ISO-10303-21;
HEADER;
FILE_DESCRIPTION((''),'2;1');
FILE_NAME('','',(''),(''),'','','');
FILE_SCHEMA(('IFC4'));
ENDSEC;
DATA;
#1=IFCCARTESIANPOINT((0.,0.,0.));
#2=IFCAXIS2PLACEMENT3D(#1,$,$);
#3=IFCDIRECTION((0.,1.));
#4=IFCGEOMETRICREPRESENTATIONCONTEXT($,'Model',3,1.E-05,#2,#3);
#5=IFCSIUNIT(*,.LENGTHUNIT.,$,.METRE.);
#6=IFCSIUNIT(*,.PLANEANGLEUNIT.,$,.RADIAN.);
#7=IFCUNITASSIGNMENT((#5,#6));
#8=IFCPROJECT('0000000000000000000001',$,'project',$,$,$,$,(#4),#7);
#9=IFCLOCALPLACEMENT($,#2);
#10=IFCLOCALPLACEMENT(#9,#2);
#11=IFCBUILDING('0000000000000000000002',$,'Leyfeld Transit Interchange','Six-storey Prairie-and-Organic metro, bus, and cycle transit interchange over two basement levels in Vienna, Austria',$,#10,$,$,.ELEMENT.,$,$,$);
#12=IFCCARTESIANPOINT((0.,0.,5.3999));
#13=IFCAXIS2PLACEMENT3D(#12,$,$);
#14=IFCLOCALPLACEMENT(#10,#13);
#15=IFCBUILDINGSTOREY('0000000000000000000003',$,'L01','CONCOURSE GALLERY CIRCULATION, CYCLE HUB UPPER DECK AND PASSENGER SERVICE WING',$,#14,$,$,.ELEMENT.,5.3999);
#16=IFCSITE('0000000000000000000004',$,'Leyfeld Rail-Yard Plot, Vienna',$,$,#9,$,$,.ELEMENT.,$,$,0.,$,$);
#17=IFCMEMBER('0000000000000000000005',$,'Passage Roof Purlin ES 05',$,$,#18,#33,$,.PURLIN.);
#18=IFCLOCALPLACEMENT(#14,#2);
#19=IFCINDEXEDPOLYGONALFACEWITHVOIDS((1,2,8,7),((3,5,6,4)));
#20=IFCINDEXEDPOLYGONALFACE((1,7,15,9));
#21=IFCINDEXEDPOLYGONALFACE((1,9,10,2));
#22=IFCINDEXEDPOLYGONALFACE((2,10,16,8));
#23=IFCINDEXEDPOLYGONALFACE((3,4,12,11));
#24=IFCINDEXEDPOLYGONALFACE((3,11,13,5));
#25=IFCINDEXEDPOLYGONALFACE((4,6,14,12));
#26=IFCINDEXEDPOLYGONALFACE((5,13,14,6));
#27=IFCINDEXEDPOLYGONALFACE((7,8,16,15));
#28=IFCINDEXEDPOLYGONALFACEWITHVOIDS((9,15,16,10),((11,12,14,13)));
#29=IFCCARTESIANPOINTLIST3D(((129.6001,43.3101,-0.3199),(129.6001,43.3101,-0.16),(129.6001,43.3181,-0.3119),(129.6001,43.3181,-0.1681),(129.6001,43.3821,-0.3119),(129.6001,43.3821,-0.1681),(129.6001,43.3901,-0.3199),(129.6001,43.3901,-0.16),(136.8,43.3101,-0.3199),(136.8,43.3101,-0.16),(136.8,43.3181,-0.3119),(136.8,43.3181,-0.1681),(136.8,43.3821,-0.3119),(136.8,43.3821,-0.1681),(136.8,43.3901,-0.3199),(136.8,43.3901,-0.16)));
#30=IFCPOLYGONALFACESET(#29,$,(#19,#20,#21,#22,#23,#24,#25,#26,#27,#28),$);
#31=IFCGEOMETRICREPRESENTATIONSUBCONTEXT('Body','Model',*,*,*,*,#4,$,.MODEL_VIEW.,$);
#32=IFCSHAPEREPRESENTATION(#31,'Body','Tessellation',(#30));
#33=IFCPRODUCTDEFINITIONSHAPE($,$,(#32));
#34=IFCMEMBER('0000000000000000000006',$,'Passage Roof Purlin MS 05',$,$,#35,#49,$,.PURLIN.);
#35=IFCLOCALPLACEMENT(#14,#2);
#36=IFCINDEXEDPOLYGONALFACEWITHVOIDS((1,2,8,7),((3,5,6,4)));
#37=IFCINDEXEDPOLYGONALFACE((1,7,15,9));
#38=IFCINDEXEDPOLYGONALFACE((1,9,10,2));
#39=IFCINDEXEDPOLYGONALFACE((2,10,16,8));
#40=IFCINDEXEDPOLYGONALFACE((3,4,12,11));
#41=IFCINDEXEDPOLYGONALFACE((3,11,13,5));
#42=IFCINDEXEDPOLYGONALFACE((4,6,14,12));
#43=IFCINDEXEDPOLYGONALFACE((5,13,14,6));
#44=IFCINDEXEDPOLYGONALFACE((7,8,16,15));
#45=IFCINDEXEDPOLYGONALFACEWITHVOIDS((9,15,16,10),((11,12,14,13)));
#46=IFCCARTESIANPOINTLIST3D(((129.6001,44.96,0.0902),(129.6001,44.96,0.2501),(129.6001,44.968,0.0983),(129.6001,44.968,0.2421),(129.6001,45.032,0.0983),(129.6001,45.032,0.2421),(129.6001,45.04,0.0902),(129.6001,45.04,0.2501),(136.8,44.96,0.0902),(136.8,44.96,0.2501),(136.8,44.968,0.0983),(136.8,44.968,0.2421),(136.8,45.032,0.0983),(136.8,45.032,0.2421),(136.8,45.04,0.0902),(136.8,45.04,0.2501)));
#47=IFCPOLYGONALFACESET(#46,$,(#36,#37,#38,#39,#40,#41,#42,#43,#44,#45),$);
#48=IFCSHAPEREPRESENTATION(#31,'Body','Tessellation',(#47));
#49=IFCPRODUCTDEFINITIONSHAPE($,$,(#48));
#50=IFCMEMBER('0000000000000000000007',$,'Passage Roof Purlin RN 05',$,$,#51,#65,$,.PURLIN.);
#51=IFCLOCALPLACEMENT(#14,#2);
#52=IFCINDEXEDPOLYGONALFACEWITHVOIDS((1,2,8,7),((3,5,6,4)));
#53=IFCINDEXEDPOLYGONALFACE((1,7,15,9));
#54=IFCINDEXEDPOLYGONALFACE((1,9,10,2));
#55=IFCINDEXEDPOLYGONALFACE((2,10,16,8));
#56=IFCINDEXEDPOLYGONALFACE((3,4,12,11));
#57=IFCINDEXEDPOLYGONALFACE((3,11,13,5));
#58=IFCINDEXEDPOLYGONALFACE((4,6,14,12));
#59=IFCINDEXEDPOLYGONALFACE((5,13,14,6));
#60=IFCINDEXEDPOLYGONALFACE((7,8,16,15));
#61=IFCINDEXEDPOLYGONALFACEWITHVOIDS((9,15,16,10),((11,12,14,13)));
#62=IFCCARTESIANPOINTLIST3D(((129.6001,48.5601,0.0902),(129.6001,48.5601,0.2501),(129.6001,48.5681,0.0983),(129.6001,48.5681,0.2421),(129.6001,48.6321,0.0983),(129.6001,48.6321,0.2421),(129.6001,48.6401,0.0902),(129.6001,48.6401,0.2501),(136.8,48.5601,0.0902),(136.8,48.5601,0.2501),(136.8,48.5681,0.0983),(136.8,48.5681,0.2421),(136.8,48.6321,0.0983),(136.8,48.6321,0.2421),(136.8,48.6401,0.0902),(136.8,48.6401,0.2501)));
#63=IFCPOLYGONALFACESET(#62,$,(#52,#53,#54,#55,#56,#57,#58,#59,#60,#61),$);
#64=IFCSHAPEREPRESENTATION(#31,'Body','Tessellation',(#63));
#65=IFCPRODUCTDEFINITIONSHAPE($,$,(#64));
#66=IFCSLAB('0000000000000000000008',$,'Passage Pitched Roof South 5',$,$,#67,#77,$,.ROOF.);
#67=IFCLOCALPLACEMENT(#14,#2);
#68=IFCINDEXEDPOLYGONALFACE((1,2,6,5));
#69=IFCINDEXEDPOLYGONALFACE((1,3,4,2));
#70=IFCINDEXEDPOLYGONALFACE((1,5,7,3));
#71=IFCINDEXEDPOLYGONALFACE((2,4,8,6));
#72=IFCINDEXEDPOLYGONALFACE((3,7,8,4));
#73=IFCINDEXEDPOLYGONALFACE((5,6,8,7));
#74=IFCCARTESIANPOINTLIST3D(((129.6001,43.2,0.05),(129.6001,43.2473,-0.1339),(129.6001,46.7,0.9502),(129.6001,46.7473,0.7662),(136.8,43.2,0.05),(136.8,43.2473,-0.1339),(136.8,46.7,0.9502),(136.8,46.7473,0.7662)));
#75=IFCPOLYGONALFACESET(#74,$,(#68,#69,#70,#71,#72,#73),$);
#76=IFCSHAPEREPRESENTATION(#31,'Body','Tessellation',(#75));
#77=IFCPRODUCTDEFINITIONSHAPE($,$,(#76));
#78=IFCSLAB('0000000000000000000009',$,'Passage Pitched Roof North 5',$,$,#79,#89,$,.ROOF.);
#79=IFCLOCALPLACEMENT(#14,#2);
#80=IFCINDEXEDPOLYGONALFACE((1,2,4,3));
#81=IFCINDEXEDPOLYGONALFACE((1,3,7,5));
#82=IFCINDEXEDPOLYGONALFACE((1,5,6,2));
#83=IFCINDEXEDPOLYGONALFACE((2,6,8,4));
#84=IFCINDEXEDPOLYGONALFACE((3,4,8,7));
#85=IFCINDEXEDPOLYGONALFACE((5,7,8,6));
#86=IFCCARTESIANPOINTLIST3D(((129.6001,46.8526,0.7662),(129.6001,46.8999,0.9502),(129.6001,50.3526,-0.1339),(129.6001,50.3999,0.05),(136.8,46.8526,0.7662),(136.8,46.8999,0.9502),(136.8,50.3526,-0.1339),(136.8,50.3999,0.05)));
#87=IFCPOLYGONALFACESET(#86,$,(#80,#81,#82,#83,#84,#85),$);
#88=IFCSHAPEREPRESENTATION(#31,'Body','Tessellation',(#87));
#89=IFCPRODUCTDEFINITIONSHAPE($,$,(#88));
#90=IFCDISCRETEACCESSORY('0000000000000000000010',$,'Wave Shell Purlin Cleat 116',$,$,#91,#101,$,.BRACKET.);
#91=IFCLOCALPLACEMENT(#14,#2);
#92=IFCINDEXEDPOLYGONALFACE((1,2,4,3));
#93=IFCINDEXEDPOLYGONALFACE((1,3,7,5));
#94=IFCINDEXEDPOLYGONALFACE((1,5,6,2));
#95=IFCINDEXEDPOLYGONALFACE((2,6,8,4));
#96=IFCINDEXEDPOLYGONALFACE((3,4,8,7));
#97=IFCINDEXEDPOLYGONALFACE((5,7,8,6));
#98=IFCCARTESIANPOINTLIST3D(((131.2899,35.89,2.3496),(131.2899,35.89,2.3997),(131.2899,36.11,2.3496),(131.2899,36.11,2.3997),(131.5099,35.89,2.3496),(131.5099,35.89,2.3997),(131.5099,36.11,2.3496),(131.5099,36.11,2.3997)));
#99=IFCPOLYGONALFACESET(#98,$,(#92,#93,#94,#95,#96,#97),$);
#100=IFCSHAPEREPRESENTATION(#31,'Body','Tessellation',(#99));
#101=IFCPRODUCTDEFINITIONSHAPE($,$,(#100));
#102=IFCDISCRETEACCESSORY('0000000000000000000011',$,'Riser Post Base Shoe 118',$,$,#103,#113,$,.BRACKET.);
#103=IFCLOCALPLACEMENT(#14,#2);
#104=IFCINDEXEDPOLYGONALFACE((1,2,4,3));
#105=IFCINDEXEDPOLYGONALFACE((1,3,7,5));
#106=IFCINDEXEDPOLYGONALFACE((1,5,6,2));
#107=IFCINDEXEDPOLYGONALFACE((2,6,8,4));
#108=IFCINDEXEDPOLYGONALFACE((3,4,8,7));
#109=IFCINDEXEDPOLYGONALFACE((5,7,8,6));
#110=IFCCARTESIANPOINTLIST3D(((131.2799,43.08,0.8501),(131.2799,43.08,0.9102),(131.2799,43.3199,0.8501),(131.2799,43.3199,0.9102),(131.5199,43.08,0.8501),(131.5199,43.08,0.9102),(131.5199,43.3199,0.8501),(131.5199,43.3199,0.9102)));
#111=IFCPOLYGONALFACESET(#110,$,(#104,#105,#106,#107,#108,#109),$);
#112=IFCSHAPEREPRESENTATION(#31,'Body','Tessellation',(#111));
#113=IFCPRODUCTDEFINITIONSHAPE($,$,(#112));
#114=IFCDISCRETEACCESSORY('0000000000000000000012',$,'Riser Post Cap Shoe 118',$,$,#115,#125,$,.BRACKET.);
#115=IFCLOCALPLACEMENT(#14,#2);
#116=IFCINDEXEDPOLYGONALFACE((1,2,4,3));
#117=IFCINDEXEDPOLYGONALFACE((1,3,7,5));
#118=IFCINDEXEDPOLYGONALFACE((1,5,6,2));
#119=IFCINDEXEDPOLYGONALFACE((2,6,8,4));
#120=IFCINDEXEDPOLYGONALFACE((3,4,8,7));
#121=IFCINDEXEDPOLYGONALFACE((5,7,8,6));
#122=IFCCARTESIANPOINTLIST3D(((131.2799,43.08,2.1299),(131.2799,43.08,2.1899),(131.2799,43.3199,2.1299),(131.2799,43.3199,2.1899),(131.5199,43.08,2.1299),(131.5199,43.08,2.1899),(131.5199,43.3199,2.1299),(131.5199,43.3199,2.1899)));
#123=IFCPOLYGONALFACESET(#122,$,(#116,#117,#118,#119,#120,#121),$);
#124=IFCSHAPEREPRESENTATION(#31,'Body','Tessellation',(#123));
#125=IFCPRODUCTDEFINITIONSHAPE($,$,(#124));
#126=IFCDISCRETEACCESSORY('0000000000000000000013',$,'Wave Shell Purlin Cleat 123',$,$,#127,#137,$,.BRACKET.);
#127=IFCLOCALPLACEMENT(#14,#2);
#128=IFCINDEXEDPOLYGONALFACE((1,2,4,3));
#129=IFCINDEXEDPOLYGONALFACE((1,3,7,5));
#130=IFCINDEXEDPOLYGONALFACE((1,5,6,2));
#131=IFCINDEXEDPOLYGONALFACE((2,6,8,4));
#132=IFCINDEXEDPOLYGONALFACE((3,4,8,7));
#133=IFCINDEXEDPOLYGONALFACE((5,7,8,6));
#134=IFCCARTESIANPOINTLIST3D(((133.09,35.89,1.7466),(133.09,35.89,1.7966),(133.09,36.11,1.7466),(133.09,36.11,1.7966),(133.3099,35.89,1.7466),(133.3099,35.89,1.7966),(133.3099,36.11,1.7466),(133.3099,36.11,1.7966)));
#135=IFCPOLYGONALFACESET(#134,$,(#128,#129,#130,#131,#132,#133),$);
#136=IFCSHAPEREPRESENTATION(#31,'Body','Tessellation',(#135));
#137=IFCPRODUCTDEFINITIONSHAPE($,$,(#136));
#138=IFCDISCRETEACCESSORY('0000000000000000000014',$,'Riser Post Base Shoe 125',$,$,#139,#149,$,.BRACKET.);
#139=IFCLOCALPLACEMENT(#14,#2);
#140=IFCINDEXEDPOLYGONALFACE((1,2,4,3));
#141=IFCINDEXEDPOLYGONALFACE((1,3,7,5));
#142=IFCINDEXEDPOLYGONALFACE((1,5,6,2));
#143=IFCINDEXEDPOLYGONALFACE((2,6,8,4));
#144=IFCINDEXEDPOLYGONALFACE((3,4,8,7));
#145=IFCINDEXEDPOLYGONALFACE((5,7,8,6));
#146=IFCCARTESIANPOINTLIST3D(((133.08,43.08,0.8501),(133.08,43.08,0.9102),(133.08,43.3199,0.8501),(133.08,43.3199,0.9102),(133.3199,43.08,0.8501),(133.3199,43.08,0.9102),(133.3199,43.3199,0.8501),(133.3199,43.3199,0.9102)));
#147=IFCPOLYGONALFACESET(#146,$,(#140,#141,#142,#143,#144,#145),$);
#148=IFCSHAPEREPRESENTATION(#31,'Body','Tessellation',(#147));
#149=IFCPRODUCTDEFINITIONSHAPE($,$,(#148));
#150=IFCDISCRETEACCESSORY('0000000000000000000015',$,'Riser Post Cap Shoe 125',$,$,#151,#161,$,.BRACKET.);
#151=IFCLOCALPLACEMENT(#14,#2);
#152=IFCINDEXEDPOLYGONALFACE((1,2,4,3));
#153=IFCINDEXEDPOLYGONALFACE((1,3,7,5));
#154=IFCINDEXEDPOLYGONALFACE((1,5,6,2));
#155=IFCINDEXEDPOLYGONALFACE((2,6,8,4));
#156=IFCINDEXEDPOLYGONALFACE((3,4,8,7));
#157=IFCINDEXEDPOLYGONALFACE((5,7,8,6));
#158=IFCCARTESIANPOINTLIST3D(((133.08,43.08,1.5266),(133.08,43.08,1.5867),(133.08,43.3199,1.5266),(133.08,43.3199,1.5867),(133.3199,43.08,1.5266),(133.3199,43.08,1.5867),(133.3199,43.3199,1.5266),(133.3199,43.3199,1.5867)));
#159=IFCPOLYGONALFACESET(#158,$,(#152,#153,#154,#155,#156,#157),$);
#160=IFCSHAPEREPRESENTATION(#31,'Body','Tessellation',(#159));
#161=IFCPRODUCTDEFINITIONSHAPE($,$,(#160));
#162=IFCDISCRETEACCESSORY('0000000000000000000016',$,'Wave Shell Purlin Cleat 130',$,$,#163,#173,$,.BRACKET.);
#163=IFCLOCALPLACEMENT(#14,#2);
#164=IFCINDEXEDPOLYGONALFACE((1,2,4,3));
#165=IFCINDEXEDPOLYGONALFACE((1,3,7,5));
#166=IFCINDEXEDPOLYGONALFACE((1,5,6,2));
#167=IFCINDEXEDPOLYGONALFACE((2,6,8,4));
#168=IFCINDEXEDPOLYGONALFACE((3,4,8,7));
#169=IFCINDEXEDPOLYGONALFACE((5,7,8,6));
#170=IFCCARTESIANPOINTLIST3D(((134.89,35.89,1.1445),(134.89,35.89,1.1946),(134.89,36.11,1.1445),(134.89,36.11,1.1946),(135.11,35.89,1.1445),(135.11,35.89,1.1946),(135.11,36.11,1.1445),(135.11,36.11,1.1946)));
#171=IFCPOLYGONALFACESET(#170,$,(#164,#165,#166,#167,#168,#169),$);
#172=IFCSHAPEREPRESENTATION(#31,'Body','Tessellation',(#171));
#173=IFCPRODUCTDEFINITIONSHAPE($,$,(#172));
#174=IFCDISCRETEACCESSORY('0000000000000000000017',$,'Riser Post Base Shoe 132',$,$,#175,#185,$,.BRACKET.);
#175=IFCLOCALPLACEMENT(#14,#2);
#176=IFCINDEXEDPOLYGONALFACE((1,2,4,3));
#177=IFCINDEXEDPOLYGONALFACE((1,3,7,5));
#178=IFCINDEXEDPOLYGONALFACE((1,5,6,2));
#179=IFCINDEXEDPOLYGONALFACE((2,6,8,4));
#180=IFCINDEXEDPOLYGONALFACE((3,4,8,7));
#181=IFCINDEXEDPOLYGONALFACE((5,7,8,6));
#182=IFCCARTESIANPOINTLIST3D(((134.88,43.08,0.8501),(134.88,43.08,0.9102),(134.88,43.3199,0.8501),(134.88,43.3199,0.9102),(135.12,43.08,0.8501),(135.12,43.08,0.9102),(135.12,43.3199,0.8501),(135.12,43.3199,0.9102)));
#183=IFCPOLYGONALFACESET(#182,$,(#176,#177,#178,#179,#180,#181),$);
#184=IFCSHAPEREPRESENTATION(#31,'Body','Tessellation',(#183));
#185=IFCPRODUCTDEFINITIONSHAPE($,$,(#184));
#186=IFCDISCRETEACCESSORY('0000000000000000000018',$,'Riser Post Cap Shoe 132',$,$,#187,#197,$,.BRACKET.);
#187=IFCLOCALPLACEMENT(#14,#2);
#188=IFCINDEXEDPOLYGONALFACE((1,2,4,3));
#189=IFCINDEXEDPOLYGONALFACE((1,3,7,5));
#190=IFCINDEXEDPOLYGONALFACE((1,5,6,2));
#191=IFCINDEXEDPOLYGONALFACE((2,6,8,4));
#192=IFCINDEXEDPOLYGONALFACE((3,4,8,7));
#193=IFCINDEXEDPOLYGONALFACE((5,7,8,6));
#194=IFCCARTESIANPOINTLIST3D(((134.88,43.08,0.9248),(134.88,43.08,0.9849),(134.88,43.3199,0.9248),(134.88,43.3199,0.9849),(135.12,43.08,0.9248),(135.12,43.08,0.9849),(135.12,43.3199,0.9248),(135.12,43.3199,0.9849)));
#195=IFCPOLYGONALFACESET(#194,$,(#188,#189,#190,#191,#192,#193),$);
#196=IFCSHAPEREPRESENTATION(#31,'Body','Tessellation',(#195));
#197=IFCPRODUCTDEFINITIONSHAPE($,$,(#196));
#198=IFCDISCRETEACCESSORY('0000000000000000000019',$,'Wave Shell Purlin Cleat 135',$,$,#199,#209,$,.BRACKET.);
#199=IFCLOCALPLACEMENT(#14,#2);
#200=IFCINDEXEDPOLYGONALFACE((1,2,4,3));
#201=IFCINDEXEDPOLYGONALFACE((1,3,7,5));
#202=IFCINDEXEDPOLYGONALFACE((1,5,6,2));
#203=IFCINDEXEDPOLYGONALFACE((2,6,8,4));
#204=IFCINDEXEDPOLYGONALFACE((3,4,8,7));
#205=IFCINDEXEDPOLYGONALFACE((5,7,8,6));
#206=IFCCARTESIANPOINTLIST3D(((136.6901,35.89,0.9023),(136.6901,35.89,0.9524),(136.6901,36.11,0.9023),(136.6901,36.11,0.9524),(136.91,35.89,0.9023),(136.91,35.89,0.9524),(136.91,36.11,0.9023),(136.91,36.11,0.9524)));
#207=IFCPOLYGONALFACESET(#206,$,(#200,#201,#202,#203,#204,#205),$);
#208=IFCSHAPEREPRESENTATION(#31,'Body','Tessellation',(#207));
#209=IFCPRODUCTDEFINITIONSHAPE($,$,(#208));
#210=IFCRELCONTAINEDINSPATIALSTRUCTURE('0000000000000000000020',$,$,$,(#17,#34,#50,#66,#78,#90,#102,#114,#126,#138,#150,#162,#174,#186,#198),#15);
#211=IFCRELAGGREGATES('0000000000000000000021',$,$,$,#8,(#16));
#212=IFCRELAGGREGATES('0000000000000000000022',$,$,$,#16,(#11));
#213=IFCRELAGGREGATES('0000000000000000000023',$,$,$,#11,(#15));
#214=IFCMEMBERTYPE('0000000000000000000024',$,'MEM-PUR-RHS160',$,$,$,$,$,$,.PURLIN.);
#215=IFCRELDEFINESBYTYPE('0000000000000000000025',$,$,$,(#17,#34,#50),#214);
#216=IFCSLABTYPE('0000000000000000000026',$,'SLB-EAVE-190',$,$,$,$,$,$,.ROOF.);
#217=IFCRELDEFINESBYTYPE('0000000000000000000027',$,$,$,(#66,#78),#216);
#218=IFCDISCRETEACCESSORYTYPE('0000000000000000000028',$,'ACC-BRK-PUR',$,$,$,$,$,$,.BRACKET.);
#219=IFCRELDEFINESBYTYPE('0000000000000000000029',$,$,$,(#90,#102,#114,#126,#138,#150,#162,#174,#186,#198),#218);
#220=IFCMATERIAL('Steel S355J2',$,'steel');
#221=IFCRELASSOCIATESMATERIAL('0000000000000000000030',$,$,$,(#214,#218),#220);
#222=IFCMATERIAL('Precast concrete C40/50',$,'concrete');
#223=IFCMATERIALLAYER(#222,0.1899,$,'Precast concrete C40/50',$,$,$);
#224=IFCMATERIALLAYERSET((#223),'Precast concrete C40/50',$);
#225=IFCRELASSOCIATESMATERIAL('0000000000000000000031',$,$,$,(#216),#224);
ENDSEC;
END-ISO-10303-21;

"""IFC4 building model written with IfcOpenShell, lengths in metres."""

from ifc_helpers import new_model, si_unit, direction, frame, origin, origin_2d, place, context, subcontext, project, spatial, polyline, rectangle, hollow_rectangle, outline, extrude, material, layer, layer_set, material_profile, profile_set, type_object, element, save


model = new_model("IFC4")

# Units and contexts
model_context = context("Model", 3, precision=1e-05, world=origin(), true_north=direction((0.0, 1.0)))
body_context = subcontext(model_context, "Body", "Model", "MODEL_VIEW")
ifc_project = project(units=[si_unit("LENGTHUNIT", "METRE"), si_unit("PLANEANGLEUNIT", "RADIAN")], contexts=[model_context])

# Site, building, storey
site_placement = place(None, origin())
site = spatial("IfcSite", under=ifc_project, at=site_placement, Name="Leyfeld Rail-Yard Plot, Vienna", CompositionType="ELEMENT", RefElevation=0.0)
building_placement = place(site_placement, origin())
building = spatial("IfcBuilding", under=site, at=building_placement, Name="Leyfeld Transit Interchange", Description="Six-storey Prairie-and-Organic metro, bus, and cycle transit interchange over two basement levels in Vienna, Austria", CompositionType="ELEMENT")
storey_placement = place(building_placement, frame((0.0, 0.0, 5.3999)))
storey = spatial("IfcBuildingStorey", under=building, at=storey_placement, Name="L01", Description="CONCOURSE GALLERY CIRCULATION, CYCLE HUB UPPER DECK AND PASSENGER SERVICE WING", CompositionType="ELEMENT", Elevation=5.3999)

# Shared definitions
ifc_material_1 = material(Name="Steel S355J2", Category="steel")

# Members
ifc_material_profile_1 = material_profile(ifc_material_1, hollow_rectangle(XDim=0.0801, YDim=0.1599, WallThickness=0.0081, at=origin_2d()), Name="RHS 160x80x8")
ifc_profile_set_1 = profile_set([ifc_material_profile_1], Name="Steel S355J2")
member_type_1 = type_object("IfcMemberType", Name="MEM-PUR-RHS160", PredefinedType="PURLIN", material=ifc_profile_set_1)
for number, where, z_axis, x_axis, name in (
    (1, (129.6001, 43.3501, -0.24), (1.0, 0.0, 0.0), (0.0, 1.0, 0.0), "Passage Roof Purlin ES 05"),
    (2, (129.6001, 45.0, 0.1702), (1.0, 0.0, 0.0), (0.0, 1.0, 0.0), "Passage Roof Purlin MS 05"),
    (3, (129.6001, 48.6001, 0.1702), (1.0, 0.0, 0.0), (0.0, 1.0, 0.0), "Passage Roof Purlin RN 05"),
):
    element("IfcMember", number, at=place(storey_placement, frame(where, z_axis=z_axis, x_axis=x_axis)), inside=storey, type_object=member_type_1, Name=name, PredefinedType="PURLIN", context=body_context, shape_type="SweptSolid", body=[
        extrude(hollow_rectangle(XDim=0.0801, YDim=0.1599, WallThickness=0.0081, at=origin_2d()), origin(), (0.0, 0.0, 1.0), 7.2),
    ])

# Slabs
ifc_material_2 = material(Name="Precast concrete C40/50", Category="concrete")
ifc_layer = layer(ifc_material_2, 0.1899, Name="Precast concrete C40/50")
ifc_layer_set = layer_set([ifc_layer], Name="Precast concrete C40/50")
slab_type = type_object("IfcSlabType", Name="SLB-EAVE-190", PredefinedType="ROOF", material=ifc_layer_set)
for number, where, z_axis, x_axis, name in (
    (4, (129.6001, 43.2, 0.05), (0.0, -0.249079, 0.968483), (1.0, 0.0, 0.0), "Passage Pitched Roof South 5"),
    (5, (129.6001, 46.8999, 0.9502), (0.0, 0.249079, 0.968483), (1.0, 0.0, 0.0), "Passage Pitched Roof North 5"),
):
    element("IfcSlab", number, at=place(storey_placement, frame(where, z_axis=z_axis, x_axis=x_axis)), inside=storey, type_object=slab_type, Name=name, PredefinedType="ROOF", context=body_context, shape_type="SweptSolid", body=[
        extrude(outline(polyline([(0.0, 0.0), (7.2, 0.0), (7.2, 3.6139), (0.0, 3.6139), (0.0, 0.0)])), origin(), (0.0, 0.0, -1.0), 0.1899),
    ])

# Discrete accessories
discrete_accessory_type = type_object("IfcDiscreteAccessoryType", Name="ACC-BRK-PUR", PredefinedType="BRACKET", material=ifc_material_1)
discrete_accessory_1_placement = place(storey_placement, frame((131.3999, 36.0, 2.3496), z_axis=(0.0, 0.0, 1.0), x_axis=(1.0, 0.0, 0.0)))
element("IfcDiscreteAccessory", 6, at=discrete_accessory_1_placement, inside=storey, type_object=discrete_accessory_type, Name="Wave Shell Purlin Cleat 116", PredefinedType="BRACKET", context=body_context, shape_type="SweptSolid", body=[
    extrude(rectangle(XDim=0.22, YDim=0.22, at=origin_2d()), origin(), (0.0, 0.0, 1.0), 0.05),
])
for number, where, z_axis, x_axis, name in (
    (7, (131.3999, 43.2, 0.8501), (0.0, 0.0, 1.0), (1.0, 0.0, 0.0), "Riser Post Base Shoe 118"),
    (8, (131.3999, 43.2, 2.1299), (0.0, 0.0, 1.0), (1.0, 0.0, 0.0), "Riser Post Cap Shoe 118"),
):
    element("IfcDiscreteAccessory", number, at=place(storey_placement, frame(where, z_axis=z_axis, x_axis=x_axis)), inside=storey, type_object=discrete_accessory_type, Name=name, PredefinedType="BRACKET", context=body_context, shape_type="SweptSolid", body=[
        extrude(rectangle(XDim=0.24, YDim=0.24, at=origin_2d()), origin(), (0.0, 0.0, 1.0), 0.0601),
    ])
discrete_accessory_2_placement = place(storey_placement, frame((133.2, 36.0, 1.7466), z_axis=(0.0, 0.0, 1.0), x_axis=(1.0, 0.0, 0.0)))
element("IfcDiscreteAccessory", 9, at=discrete_accessory_2_placement, inside=storey, type_object=discrete_accessory_type, Name="Wave Shell Purlin Cleat 123", PredefinedType="BRACKET", context=body_context, shape_type="SweptSolid", body=[
    extrude(rectangle(XDim=0.22, YDim=0.22, at=origin_2d()), origin(), (0.0, 0.0, 1.0), 0.05),
])
for number, where, z_axis, x_axis, name in (
    (10, (133.2, 43.2, 0.8501), (0.0, 0.0, 1.0), (1.0, 0.0, 0.0), "Riser Post Base Shoe 125"),
    (11, (133.2, 43.2, 1.5266), (0.0, 0.0, 1.0), (1.0, 0.0, 0.0), "Riser Post Cap Shoe 125"),
):
    element("IfcDiscreteAccessory", number, at=place(storey_placement, frame(where, z_axis=z_axis, x_axis=x_axis)), inside=storey, type_object=discrete_accessory_type, Name=name, PredefinedType="BRACKET", context=body_context, shape_type="SweptSolid", body=[
        extrude(rectangle(XDim=0.24, YDim=0.24, at=origin_2d()), origin(), (0.0, 0.0, 1.0), 0.0601),
    ])
discrete_accessory_3_placement = place(storey_placement, frame((135.0, 36.0, 1.1445), z_axis=(0.0, 0.0, 1.0), x_axis=(1.0, 0.0, 0.0)))
element("IfcDiscreteAccessory", 12, at=discrete_accessory_3_placement, inside=storey, type_object=discrete_accessory_type, Name="Wave Shell Purlin Cleat 130", PredefinedType="BRACKET", context=body_context, shape_type="SweptSolid", body=[
    extrude(rectangle(XDim=0.22, YDim=0.22, at=origin_2d()), origin(), (0.0, 0.0, 1.0), 0.05),
])
for number, where, z_axis, x_axis, name in (
    (13, (135.0, 43.2, 0.8501), (0.0, 0.0, 1.0), (1.0, 0.0, 0.0), "Riser Post Base Shoe 132"),
    (14, (135.0, 43.2, 0.9248), (0.0, 0.0, 1.0), (1.0, 0.0, 0.0), "Riser Post Cap Shoe 132"),
):
    element("IfcDiscreteAccessory", number, at=place(storey_placement, frame(where, z_axis=z_axis, x_axis=x_axis)), inside=storey, type_object=discrete_accessory_type, Name=name, PredefinedType="BRACKET", context=body_context, shape_type="SweptSolid", body=[
        extrude(rectangle(XDim=0.24, YDim=0.24, at=origin_2d()), origin(), (0.0, 0.0, 1.0), 0.0601),
    ])
discrete_accessory_4_placement = place(storey_placement, frame((136.8, 36.0, 0.9023), z_axis=(0.0, 0.0, 1.0), x_axis=(1.0, 0.0, 0.0)))
element("IfcDiscreteAccessory", 15, at=discrete_accessory_4_placement, inside=storey, type_object=discrete_accessory_type, Name="Wave Shell Purlin Cleat 135", PredefinedType="BRACKET", context=body_context, shape_type="SweptSolid", body=[
    extrude(rectangle(XDim=0.22, YDim=0.22, at=origin_2d()), origin(), (0.0, 0.0, 1.0), 0.05),
])

save(model, "model.ifc")
